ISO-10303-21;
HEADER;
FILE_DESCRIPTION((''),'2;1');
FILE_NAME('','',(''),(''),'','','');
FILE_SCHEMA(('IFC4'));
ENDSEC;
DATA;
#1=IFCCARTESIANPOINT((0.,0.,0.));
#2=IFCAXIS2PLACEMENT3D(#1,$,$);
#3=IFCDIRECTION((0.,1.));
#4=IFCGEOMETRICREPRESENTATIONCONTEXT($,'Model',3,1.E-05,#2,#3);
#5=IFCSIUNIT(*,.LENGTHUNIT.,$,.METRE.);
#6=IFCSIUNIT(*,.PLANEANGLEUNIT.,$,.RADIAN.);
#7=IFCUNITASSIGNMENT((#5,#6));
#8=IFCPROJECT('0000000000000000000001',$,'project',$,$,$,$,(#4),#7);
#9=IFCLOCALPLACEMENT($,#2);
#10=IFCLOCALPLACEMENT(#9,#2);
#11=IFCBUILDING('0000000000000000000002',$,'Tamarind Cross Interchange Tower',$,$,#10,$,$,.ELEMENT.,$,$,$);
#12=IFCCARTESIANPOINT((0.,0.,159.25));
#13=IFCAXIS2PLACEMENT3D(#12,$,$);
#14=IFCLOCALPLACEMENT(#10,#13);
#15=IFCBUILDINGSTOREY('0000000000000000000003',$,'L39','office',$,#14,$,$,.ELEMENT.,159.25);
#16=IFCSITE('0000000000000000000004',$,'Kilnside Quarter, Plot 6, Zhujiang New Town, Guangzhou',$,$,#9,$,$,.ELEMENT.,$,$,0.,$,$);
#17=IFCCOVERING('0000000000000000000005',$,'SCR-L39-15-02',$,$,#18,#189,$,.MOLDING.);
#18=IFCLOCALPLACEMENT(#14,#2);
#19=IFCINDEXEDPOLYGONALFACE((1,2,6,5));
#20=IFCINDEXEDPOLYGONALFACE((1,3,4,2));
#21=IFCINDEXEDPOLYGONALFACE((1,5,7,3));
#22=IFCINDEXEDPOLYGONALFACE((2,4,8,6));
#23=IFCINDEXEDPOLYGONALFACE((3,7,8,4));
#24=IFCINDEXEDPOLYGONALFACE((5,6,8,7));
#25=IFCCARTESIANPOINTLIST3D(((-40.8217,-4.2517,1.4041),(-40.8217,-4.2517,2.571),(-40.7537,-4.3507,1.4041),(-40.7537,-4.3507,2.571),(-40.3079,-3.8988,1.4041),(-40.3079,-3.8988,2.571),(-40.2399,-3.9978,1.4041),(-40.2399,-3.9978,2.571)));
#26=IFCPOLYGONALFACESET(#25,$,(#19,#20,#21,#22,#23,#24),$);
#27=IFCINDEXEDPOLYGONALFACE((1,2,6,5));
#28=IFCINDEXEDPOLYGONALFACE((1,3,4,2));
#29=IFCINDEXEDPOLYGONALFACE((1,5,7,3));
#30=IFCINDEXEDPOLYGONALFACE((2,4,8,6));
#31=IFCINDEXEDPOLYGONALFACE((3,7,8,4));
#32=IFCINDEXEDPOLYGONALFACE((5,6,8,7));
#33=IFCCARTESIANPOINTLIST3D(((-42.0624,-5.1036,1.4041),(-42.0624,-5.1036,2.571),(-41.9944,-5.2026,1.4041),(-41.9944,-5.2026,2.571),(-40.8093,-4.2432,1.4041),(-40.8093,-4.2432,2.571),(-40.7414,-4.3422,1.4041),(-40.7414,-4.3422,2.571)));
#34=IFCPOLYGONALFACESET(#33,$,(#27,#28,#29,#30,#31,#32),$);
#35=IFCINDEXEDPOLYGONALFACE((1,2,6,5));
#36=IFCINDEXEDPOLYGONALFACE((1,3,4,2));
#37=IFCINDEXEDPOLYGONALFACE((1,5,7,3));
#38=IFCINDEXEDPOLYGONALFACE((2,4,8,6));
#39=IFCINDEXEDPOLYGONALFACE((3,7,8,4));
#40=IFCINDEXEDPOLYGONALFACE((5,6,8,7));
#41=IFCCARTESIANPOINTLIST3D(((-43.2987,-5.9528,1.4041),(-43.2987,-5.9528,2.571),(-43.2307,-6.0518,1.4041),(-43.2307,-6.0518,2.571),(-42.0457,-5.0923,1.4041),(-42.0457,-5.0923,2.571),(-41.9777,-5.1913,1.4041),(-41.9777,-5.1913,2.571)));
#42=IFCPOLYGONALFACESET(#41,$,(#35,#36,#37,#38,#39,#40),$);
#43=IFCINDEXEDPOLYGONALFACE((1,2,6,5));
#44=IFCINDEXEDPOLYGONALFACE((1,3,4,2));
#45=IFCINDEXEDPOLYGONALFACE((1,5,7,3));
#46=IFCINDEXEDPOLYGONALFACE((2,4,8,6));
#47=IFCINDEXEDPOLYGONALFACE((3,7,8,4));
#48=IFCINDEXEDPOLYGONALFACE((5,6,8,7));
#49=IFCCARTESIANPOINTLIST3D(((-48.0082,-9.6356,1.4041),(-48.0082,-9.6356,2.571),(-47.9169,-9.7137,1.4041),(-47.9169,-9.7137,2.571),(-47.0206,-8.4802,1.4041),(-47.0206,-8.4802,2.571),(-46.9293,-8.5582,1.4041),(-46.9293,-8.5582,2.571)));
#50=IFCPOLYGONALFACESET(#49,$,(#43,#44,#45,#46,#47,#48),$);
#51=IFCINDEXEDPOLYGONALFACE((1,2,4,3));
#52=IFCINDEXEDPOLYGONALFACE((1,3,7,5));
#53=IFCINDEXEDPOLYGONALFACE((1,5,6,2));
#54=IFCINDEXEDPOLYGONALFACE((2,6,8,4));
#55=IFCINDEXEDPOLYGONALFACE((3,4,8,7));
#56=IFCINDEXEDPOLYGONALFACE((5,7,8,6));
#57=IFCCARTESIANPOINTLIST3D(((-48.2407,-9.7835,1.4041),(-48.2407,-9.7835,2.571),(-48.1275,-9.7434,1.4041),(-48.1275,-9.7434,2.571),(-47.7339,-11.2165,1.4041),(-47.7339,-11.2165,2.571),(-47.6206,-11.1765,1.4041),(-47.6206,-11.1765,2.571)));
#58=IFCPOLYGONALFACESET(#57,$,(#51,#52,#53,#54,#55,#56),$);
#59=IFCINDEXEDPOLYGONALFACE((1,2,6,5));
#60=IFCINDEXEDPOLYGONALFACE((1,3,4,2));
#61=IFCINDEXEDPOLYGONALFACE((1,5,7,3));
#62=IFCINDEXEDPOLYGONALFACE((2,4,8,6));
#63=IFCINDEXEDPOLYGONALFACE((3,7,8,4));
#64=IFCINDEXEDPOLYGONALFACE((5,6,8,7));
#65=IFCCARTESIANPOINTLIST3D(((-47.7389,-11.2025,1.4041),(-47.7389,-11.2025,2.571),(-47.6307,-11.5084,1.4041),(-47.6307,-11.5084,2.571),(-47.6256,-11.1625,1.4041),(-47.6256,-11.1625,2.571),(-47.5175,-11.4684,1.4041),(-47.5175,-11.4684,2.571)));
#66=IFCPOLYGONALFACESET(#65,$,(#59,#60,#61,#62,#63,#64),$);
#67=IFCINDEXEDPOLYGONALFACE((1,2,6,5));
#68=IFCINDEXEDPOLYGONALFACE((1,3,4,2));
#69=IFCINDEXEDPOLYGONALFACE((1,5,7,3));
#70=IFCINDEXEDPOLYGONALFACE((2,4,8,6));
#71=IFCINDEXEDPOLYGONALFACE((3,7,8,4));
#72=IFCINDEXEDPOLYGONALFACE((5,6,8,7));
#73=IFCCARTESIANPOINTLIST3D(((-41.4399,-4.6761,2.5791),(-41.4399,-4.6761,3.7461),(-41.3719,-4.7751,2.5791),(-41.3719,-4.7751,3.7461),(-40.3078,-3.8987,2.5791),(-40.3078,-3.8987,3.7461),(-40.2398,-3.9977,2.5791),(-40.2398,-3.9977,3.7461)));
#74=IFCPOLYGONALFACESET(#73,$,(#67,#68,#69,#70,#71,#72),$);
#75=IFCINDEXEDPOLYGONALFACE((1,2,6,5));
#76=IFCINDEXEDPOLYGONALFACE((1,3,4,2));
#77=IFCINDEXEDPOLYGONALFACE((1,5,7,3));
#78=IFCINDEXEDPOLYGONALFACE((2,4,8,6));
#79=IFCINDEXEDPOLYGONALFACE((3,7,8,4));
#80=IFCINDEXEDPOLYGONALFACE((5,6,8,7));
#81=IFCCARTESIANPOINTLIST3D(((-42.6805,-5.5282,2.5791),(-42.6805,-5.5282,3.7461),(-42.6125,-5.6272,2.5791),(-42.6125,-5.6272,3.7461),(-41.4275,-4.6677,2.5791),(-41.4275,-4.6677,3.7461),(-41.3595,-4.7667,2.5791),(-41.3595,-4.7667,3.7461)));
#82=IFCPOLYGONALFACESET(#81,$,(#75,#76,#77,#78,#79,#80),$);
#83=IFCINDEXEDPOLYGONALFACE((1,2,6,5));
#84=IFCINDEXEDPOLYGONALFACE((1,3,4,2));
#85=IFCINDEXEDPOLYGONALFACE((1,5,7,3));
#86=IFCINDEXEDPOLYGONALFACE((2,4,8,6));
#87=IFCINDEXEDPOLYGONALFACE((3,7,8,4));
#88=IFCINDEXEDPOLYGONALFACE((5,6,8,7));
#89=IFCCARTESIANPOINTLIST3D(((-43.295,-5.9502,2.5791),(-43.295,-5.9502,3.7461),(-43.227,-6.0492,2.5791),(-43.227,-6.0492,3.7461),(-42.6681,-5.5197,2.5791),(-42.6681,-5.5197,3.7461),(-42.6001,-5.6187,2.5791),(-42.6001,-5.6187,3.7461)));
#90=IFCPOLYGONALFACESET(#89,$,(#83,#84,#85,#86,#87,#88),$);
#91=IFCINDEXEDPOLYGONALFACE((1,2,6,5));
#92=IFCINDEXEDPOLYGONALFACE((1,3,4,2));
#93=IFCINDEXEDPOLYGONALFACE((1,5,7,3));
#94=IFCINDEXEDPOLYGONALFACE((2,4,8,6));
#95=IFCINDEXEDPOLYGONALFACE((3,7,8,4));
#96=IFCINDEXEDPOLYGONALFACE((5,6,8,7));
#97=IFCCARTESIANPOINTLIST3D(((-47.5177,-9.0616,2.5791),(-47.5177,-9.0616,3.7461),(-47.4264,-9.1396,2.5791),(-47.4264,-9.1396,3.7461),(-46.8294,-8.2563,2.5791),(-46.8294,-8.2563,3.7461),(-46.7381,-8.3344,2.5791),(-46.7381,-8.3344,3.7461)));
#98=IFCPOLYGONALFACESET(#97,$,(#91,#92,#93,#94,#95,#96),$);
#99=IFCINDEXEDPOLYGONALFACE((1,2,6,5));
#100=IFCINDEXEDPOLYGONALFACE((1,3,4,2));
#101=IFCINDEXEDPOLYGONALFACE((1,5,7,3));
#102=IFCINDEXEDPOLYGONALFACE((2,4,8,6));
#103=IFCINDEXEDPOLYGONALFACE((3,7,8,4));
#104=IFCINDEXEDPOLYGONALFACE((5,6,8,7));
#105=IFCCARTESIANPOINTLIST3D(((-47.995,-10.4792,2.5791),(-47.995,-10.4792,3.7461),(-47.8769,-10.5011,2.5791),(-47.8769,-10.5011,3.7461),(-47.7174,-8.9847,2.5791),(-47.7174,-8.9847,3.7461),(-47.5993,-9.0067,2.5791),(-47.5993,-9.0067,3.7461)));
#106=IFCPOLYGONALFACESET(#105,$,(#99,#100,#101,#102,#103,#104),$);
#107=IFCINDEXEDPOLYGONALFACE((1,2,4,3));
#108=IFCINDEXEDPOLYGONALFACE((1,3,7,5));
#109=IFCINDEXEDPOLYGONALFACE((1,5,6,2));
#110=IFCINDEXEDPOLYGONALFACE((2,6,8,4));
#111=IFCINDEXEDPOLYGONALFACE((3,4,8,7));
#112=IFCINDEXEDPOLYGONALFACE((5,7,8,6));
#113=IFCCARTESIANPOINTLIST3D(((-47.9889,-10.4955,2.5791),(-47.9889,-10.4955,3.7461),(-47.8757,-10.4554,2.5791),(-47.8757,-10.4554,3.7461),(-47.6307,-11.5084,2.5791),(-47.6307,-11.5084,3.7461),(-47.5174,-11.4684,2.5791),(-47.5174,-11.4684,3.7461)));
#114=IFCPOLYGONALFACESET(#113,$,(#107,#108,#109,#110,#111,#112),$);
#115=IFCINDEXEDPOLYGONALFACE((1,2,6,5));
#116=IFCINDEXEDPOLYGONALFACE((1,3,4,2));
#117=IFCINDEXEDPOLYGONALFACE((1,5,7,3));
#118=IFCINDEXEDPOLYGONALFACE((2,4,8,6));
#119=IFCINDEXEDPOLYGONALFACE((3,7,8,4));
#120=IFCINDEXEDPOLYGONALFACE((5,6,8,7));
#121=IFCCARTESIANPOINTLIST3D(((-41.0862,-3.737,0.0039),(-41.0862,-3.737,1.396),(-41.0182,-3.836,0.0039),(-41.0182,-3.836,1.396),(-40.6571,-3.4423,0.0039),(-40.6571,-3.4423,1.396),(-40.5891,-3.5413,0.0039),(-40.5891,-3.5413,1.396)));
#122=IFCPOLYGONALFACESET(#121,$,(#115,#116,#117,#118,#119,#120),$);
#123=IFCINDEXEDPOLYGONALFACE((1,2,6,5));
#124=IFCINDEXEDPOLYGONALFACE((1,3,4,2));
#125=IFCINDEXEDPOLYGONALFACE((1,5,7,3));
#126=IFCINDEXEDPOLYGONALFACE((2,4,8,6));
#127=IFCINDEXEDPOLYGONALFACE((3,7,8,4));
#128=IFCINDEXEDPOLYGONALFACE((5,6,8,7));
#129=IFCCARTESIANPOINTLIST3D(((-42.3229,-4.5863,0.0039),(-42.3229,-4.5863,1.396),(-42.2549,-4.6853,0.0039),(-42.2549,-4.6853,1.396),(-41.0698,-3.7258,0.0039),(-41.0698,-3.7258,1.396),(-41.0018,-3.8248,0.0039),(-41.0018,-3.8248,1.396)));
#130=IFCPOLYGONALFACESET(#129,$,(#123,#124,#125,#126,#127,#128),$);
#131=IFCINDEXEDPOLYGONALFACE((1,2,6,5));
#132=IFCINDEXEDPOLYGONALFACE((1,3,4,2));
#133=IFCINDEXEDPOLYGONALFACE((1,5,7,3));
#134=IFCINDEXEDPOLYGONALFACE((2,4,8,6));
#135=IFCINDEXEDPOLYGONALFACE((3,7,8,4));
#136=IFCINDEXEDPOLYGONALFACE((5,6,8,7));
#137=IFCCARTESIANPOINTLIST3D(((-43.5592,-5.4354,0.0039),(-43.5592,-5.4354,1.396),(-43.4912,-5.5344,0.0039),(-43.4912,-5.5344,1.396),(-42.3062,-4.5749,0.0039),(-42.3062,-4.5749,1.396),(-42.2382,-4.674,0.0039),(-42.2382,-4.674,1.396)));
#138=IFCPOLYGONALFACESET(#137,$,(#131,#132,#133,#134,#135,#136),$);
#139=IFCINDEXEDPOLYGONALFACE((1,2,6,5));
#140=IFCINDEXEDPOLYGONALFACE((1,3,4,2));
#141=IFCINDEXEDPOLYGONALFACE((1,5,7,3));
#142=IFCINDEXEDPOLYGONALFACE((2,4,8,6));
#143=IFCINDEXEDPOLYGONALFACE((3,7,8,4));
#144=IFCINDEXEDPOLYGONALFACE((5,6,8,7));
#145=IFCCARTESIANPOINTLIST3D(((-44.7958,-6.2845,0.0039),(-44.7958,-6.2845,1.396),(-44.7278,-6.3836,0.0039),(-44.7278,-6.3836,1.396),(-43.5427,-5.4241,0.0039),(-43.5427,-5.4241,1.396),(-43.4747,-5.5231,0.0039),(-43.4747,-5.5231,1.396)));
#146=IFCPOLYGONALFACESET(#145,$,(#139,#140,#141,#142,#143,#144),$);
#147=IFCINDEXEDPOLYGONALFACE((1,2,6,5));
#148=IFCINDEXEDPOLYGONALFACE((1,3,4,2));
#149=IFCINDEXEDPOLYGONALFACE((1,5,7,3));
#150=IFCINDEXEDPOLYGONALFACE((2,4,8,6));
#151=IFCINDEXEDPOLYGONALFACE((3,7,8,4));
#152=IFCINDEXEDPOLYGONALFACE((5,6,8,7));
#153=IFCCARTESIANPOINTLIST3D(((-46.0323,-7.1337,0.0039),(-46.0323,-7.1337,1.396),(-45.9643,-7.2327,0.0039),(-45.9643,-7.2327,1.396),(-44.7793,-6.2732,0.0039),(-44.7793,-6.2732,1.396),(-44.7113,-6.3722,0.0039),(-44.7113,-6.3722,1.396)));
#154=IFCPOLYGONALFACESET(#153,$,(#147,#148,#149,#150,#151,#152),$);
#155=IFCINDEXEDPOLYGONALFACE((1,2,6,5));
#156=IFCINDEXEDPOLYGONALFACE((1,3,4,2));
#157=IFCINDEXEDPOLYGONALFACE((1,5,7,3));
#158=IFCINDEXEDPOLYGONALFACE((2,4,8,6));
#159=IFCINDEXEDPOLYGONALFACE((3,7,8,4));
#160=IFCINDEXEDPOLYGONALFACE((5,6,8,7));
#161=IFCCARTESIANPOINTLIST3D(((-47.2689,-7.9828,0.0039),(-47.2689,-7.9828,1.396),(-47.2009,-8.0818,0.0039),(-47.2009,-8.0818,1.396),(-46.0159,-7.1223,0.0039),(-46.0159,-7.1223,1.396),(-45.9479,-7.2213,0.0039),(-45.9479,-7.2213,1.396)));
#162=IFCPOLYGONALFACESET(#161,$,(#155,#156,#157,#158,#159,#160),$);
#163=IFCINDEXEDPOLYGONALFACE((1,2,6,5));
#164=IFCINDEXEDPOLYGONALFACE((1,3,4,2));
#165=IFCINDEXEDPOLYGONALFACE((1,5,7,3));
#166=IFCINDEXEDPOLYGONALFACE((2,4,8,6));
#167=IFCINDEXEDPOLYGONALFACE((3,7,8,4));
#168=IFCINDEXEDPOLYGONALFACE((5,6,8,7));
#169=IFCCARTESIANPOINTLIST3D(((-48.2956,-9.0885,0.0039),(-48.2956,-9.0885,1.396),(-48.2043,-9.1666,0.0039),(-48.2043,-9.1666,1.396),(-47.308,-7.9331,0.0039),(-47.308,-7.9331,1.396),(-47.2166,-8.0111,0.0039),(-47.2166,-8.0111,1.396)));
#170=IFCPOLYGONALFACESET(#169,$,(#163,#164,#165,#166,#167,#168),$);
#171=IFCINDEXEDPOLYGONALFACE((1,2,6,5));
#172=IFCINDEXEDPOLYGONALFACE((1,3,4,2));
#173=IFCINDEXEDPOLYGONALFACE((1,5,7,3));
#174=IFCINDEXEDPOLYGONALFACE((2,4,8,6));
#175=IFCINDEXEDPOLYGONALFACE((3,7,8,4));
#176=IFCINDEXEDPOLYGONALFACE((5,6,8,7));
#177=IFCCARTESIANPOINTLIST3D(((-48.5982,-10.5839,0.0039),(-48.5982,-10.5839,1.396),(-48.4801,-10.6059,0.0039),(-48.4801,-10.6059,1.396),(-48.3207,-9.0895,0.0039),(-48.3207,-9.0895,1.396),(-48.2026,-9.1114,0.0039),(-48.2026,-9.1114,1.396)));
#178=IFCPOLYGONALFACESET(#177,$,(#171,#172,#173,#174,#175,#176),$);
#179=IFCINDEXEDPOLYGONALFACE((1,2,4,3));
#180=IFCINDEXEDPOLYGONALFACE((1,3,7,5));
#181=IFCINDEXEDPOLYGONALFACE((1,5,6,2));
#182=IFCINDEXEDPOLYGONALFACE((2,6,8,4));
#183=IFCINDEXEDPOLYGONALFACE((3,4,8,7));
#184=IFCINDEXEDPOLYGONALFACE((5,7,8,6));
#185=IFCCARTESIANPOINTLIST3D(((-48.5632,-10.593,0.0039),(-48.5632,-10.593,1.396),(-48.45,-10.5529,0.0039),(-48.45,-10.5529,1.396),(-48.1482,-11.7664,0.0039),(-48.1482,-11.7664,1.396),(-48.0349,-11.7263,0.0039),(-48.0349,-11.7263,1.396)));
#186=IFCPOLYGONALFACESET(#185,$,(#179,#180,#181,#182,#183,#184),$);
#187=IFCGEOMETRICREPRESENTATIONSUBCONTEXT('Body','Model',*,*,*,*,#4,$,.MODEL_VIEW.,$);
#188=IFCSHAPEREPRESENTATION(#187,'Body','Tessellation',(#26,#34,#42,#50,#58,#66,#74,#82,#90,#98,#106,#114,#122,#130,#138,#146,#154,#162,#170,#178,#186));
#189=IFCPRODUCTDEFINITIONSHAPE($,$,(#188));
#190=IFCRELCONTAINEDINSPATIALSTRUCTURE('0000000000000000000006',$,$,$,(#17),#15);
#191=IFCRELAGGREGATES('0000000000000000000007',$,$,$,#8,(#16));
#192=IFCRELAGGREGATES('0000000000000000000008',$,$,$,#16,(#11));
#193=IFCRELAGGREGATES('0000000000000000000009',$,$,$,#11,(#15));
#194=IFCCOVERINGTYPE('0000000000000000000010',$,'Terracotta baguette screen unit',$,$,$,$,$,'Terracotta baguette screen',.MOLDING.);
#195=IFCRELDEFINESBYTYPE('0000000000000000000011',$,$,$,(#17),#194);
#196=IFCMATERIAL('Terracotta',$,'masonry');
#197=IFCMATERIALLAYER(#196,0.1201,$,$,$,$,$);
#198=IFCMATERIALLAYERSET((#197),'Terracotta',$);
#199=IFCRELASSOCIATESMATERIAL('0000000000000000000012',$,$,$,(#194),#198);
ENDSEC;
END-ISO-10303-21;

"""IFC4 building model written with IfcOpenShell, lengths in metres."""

from ifc_helpers import new_model, si_unit, direction, frame, origin, origin_2d, place, context, subcontext, project, spatial, rectangle, extrude, material, layer, layer_set, type_object, element, save


model = new_model("IFC4")

# Units and contexts
model_context = context("Model", 3, precision=1e-05, world=origin(), true_north=direction((0.0, 1.0)))
body_context = subcontext(model_context, "Body", "Model", "MODEL_VIEW")
ifc_project = project(units=[si_unit("LENGTHUNIT", "METRE"), si_unit("PLANEANGLEUNIT", "RADIAN")], contexts=[model_context])

# Site, building, storey
site_placement = place(None, origin())
site = spatial("IfcSite", under=ifc_project, at=site_placement, Name="Kilnside Quarter, Plot 6, Zhujiang New Town, Guangzhou", CompositionType="ELEMENT", RefElevation=0.0)
building_placement = place(site_placement, origin())
building = spatial("IfcBuilding", under=site, at=building_placement, Name="Tamarind Cross Interchange Tower", CompositionType="ELEMENT")
storey_placement = place(building_placement, frame((0.0, 0.0, 159.25)))
storey = spatial("IfcBuildingStorey", under=building, at=storey_placement, Name="L39", Description="office", CompositionType="ELEMENT", Elevation=159.25)

# Covering
ifc_material_1 = material(Name="Terracotta", Category="masonry")
ifc_layer_1 = layer(ifc_material_1, 0.1201)
ifc_layer_set_1 = layer_set([ifc_layer_1], Name="Terracotta")
covering_type = type_object("IfcCoveringType", Name="Terracotta baguette screen unit", ElementType="Terracotta baguette screen", PredefinedType="MOLDING", material=ifc_layer_set_1)
covering_1_placement = place(storey_placement, origin())
element("IfcCovering", 1, at=covering_1_placement, inside=storey, type_object=covering_type, Name="SCR-L39-15-02", PredefinedType="MOLDING", context=body_context, shape_type="SweptSolid", body=[
    extrude(rectangle(XDim=0.6233, YDim=0.1201, at=origin_2d()), frame((-40.5308, -4.1248, 1.4041), z_axis=(0.0, 0.0, 1.0), x_axis=(-0.82434, -0.566096, 0.0)), (0.0, 0.0, 1.0), 1.167),
    extrude(rectangle(XDim=1.52, YDim=0.1201, at=origin_2d()), frame((-41.4019, -4.7229, 1.4041), z_axis=(0.0, 0.0, 1.0), x_axis=(-0.82434, -0.566096, 0.0)), (0.0, 0.0, 1.0), 1.167),
    extrude(rectangle(XDim=1.52, YDim=0.1201, at=origin_2d()), frame((-42.6382, -5.572, 1.4041), z_axis=(0.0, 0.0, 1.0), x_axis=(-0.82434, -0.566096, 0.0)), (0.0, 0.0, 1.0), 1.167),
    extrude(rectangle(XDim=1.52, YDim=0.1201, at=origin_2d()), frame((-47.4688, -9.0969, 1.4041), z_axis=(0.0, 0.0, 1.0), x_axis=(-0.649735, -0.760161, 0.0)), (0.0, 0.0, 1.0), 1.167),
    extrude(rectangle(XDim=1.52, YDim=0.1201, at=origin_2d()), frame((-47.9307, -10.48, 1.4041), z_axis=(0.0, 0.0, 1.0), x_axis=(0.333451, -0.942767, 0.0)), (0.0, 0.0, 1.0), 1.167),
    extrude(rectangle(XDim=0.3245, YDim=0.1201, at=origin_2d()), frame((-47.6282, -11.3354, 1.4041), z_axis=(0.0, 0.0, 1.0), x_axis=(0.333451, -0.942767, 0.0)), (0.0, 0.0, 1.0), 1.167),
    extrude(rectangle(XDim=1.3733, YDim=0.1201, at=origin_2d()), frame((-40.8398, -4.3369, 2.5791), z_axis=(0.0, 0.0, 1.0), x_axis=(-0.82434, -0.566096, 0.0)), (0.0, 0.0, 1.0), 1.167),
    extrude(rectangle(XDim=1.52, YDim=0.1201, at=origin_2d()), frame((-42.02, -5.1475, 2.5791), z_axis=(0.0, 0.0, 1.0), x_axis=(-0.82434, -0.566096, 0.0)), (0.0, 0.0, 1.0), 1.167),
    extrude(rectangle(XDim=0.7605, YDim=0.1201, at=origin_2d()), frame((-42.9475, -5.7844, 2.5791), z_axis=(0.0, 0.0, 1.0), x_axis=(-0.82434, -0.566096, 0.0)), (0.0, 0.0, 1.0), 1.167),
    extrude(rectangle(XDim=1.0593, YDim=0.1201, at=origin_2d()), frame((-47.1279, -8.698, 2.5791), z_axis=(0.0, 0.0, 1.0), x_axis=(-0.649735, -0.760161, 0.0)), (0.0, 0.0, 1.0), 1.167),
    extrude(rectangle(XDim=1.52, YDim=0.1201, at=origin_2d()), frame((-47.7971, -9.7429, 2.5791), z_axis=(0.0, 0.0, 1.0), x_axis=(-0.182606, -0.983186, 0.0)), (0.0, 0.0, 1.0), 1.167),
    extrude(rectangle(XDim=1.0745, YDim=0.1201, at=origin_2d()), frame((-47.7532, -10.9819, 2.5791), z_axis=(0.0, 0.0, 1.0), x_axis=(0.333451, -0.942767, 0.0)), (0.0, 0.0, 1.0), 1.167),
    extrude(rectangle(XDim=0.5205, YDim=0.1201, at=origin_2d()), frame((-40.8376, -3.6392, 0.0039), z_axis=(0.0, 0.0, 1.0), x_axis=(-0.82434, -0.566096, 0.0)), (0.0, 0.0, 1.0), 1.3921),
    extrude(rectangle(XDim=1.52, YDim=0.1201, at=origin_2d()), frame((-41.6624, -4.2056, 0.0039), z_axis=(0.0, 0.0, 1.0), x_axis=(-0.82434, -0.566096, 0.0)), (0.0, 0.0, 1.0), 1.3921),
    extrude(rectangle(XDim=1.52, YDim=0.1201, at=origin_2d()), frame((-42.8987, -5.0547, 0.0039), z_axis=(0.0, 0.0, 1.0), x_axis=(-0.82434, -0.566096, 0.0)), (0.0, 0.0, 1.0), 1.3921),
    extrude(rectangle(XDim=1.52, YDim=0.1201, at=origin_2d()), frame((-44.1353, -5.9038, 0.0039), z_axis=(0.0, 0.0, 1.0), x_axis=(-0.82434, -0.566096, 0.0)), (0.0, 0.0, 1.0), 1.3921),
    extrude(rectangle(XDim=1.52, YDim=0.1201, at=origin_2d()), frame((-45.3718, -6.7529, 0.0039), z_axis=(0.0, 0.0, 1.0), x_axis=(-0.82434, -0.566096, 0.0)), (0.0, 0.0, 1.0), 1.3921),
    extrude(rectangle(XDim=1.52, YDim=0.1201, at=origin_2d()), frame((-46.6084, -7.6021, 0.0039), z_axis=(0.0, 0.0, 1.0), x_axis=(-0.82434, -0.566096, 0.0)), (0.0, 0.0, 1.0), 1.3921),
    extrude(rectangle(XDim=1.52, YDim=0.1201, at=origin_2d()), frame((-47.7561, -8.5498, 0.0039), z_axis=(0.0, 0.0, 1.0), x_axis=(-0.649735, -0.760161, 0.0)), (0.0, 0.0, 1.0), 1.3921),
    extrude(rectangle(XDim=1.52, YDim=0.1201, at=origin_2d()), frame((-48.4004, -9.8477, 0.0039), z_axis=(0.0, 0.0, 1.0), x_axis=(-0.182606, -0.983186, 0.0)), (0.0, 0.0, 1.0), 1.3921),
    extrude(rectangle(XDim=1.2446, YDim=0.1201, at=origin_2d()), frame((-48.2991, -11.1597, 0.0039), z_axis=(0.0, 0.0, 1.0), x_axis=(0.333451, -0.942767, 0.0)), (0.0, 0.0, 1.0), 1.3921),
])

save(model, "model.ifc")
